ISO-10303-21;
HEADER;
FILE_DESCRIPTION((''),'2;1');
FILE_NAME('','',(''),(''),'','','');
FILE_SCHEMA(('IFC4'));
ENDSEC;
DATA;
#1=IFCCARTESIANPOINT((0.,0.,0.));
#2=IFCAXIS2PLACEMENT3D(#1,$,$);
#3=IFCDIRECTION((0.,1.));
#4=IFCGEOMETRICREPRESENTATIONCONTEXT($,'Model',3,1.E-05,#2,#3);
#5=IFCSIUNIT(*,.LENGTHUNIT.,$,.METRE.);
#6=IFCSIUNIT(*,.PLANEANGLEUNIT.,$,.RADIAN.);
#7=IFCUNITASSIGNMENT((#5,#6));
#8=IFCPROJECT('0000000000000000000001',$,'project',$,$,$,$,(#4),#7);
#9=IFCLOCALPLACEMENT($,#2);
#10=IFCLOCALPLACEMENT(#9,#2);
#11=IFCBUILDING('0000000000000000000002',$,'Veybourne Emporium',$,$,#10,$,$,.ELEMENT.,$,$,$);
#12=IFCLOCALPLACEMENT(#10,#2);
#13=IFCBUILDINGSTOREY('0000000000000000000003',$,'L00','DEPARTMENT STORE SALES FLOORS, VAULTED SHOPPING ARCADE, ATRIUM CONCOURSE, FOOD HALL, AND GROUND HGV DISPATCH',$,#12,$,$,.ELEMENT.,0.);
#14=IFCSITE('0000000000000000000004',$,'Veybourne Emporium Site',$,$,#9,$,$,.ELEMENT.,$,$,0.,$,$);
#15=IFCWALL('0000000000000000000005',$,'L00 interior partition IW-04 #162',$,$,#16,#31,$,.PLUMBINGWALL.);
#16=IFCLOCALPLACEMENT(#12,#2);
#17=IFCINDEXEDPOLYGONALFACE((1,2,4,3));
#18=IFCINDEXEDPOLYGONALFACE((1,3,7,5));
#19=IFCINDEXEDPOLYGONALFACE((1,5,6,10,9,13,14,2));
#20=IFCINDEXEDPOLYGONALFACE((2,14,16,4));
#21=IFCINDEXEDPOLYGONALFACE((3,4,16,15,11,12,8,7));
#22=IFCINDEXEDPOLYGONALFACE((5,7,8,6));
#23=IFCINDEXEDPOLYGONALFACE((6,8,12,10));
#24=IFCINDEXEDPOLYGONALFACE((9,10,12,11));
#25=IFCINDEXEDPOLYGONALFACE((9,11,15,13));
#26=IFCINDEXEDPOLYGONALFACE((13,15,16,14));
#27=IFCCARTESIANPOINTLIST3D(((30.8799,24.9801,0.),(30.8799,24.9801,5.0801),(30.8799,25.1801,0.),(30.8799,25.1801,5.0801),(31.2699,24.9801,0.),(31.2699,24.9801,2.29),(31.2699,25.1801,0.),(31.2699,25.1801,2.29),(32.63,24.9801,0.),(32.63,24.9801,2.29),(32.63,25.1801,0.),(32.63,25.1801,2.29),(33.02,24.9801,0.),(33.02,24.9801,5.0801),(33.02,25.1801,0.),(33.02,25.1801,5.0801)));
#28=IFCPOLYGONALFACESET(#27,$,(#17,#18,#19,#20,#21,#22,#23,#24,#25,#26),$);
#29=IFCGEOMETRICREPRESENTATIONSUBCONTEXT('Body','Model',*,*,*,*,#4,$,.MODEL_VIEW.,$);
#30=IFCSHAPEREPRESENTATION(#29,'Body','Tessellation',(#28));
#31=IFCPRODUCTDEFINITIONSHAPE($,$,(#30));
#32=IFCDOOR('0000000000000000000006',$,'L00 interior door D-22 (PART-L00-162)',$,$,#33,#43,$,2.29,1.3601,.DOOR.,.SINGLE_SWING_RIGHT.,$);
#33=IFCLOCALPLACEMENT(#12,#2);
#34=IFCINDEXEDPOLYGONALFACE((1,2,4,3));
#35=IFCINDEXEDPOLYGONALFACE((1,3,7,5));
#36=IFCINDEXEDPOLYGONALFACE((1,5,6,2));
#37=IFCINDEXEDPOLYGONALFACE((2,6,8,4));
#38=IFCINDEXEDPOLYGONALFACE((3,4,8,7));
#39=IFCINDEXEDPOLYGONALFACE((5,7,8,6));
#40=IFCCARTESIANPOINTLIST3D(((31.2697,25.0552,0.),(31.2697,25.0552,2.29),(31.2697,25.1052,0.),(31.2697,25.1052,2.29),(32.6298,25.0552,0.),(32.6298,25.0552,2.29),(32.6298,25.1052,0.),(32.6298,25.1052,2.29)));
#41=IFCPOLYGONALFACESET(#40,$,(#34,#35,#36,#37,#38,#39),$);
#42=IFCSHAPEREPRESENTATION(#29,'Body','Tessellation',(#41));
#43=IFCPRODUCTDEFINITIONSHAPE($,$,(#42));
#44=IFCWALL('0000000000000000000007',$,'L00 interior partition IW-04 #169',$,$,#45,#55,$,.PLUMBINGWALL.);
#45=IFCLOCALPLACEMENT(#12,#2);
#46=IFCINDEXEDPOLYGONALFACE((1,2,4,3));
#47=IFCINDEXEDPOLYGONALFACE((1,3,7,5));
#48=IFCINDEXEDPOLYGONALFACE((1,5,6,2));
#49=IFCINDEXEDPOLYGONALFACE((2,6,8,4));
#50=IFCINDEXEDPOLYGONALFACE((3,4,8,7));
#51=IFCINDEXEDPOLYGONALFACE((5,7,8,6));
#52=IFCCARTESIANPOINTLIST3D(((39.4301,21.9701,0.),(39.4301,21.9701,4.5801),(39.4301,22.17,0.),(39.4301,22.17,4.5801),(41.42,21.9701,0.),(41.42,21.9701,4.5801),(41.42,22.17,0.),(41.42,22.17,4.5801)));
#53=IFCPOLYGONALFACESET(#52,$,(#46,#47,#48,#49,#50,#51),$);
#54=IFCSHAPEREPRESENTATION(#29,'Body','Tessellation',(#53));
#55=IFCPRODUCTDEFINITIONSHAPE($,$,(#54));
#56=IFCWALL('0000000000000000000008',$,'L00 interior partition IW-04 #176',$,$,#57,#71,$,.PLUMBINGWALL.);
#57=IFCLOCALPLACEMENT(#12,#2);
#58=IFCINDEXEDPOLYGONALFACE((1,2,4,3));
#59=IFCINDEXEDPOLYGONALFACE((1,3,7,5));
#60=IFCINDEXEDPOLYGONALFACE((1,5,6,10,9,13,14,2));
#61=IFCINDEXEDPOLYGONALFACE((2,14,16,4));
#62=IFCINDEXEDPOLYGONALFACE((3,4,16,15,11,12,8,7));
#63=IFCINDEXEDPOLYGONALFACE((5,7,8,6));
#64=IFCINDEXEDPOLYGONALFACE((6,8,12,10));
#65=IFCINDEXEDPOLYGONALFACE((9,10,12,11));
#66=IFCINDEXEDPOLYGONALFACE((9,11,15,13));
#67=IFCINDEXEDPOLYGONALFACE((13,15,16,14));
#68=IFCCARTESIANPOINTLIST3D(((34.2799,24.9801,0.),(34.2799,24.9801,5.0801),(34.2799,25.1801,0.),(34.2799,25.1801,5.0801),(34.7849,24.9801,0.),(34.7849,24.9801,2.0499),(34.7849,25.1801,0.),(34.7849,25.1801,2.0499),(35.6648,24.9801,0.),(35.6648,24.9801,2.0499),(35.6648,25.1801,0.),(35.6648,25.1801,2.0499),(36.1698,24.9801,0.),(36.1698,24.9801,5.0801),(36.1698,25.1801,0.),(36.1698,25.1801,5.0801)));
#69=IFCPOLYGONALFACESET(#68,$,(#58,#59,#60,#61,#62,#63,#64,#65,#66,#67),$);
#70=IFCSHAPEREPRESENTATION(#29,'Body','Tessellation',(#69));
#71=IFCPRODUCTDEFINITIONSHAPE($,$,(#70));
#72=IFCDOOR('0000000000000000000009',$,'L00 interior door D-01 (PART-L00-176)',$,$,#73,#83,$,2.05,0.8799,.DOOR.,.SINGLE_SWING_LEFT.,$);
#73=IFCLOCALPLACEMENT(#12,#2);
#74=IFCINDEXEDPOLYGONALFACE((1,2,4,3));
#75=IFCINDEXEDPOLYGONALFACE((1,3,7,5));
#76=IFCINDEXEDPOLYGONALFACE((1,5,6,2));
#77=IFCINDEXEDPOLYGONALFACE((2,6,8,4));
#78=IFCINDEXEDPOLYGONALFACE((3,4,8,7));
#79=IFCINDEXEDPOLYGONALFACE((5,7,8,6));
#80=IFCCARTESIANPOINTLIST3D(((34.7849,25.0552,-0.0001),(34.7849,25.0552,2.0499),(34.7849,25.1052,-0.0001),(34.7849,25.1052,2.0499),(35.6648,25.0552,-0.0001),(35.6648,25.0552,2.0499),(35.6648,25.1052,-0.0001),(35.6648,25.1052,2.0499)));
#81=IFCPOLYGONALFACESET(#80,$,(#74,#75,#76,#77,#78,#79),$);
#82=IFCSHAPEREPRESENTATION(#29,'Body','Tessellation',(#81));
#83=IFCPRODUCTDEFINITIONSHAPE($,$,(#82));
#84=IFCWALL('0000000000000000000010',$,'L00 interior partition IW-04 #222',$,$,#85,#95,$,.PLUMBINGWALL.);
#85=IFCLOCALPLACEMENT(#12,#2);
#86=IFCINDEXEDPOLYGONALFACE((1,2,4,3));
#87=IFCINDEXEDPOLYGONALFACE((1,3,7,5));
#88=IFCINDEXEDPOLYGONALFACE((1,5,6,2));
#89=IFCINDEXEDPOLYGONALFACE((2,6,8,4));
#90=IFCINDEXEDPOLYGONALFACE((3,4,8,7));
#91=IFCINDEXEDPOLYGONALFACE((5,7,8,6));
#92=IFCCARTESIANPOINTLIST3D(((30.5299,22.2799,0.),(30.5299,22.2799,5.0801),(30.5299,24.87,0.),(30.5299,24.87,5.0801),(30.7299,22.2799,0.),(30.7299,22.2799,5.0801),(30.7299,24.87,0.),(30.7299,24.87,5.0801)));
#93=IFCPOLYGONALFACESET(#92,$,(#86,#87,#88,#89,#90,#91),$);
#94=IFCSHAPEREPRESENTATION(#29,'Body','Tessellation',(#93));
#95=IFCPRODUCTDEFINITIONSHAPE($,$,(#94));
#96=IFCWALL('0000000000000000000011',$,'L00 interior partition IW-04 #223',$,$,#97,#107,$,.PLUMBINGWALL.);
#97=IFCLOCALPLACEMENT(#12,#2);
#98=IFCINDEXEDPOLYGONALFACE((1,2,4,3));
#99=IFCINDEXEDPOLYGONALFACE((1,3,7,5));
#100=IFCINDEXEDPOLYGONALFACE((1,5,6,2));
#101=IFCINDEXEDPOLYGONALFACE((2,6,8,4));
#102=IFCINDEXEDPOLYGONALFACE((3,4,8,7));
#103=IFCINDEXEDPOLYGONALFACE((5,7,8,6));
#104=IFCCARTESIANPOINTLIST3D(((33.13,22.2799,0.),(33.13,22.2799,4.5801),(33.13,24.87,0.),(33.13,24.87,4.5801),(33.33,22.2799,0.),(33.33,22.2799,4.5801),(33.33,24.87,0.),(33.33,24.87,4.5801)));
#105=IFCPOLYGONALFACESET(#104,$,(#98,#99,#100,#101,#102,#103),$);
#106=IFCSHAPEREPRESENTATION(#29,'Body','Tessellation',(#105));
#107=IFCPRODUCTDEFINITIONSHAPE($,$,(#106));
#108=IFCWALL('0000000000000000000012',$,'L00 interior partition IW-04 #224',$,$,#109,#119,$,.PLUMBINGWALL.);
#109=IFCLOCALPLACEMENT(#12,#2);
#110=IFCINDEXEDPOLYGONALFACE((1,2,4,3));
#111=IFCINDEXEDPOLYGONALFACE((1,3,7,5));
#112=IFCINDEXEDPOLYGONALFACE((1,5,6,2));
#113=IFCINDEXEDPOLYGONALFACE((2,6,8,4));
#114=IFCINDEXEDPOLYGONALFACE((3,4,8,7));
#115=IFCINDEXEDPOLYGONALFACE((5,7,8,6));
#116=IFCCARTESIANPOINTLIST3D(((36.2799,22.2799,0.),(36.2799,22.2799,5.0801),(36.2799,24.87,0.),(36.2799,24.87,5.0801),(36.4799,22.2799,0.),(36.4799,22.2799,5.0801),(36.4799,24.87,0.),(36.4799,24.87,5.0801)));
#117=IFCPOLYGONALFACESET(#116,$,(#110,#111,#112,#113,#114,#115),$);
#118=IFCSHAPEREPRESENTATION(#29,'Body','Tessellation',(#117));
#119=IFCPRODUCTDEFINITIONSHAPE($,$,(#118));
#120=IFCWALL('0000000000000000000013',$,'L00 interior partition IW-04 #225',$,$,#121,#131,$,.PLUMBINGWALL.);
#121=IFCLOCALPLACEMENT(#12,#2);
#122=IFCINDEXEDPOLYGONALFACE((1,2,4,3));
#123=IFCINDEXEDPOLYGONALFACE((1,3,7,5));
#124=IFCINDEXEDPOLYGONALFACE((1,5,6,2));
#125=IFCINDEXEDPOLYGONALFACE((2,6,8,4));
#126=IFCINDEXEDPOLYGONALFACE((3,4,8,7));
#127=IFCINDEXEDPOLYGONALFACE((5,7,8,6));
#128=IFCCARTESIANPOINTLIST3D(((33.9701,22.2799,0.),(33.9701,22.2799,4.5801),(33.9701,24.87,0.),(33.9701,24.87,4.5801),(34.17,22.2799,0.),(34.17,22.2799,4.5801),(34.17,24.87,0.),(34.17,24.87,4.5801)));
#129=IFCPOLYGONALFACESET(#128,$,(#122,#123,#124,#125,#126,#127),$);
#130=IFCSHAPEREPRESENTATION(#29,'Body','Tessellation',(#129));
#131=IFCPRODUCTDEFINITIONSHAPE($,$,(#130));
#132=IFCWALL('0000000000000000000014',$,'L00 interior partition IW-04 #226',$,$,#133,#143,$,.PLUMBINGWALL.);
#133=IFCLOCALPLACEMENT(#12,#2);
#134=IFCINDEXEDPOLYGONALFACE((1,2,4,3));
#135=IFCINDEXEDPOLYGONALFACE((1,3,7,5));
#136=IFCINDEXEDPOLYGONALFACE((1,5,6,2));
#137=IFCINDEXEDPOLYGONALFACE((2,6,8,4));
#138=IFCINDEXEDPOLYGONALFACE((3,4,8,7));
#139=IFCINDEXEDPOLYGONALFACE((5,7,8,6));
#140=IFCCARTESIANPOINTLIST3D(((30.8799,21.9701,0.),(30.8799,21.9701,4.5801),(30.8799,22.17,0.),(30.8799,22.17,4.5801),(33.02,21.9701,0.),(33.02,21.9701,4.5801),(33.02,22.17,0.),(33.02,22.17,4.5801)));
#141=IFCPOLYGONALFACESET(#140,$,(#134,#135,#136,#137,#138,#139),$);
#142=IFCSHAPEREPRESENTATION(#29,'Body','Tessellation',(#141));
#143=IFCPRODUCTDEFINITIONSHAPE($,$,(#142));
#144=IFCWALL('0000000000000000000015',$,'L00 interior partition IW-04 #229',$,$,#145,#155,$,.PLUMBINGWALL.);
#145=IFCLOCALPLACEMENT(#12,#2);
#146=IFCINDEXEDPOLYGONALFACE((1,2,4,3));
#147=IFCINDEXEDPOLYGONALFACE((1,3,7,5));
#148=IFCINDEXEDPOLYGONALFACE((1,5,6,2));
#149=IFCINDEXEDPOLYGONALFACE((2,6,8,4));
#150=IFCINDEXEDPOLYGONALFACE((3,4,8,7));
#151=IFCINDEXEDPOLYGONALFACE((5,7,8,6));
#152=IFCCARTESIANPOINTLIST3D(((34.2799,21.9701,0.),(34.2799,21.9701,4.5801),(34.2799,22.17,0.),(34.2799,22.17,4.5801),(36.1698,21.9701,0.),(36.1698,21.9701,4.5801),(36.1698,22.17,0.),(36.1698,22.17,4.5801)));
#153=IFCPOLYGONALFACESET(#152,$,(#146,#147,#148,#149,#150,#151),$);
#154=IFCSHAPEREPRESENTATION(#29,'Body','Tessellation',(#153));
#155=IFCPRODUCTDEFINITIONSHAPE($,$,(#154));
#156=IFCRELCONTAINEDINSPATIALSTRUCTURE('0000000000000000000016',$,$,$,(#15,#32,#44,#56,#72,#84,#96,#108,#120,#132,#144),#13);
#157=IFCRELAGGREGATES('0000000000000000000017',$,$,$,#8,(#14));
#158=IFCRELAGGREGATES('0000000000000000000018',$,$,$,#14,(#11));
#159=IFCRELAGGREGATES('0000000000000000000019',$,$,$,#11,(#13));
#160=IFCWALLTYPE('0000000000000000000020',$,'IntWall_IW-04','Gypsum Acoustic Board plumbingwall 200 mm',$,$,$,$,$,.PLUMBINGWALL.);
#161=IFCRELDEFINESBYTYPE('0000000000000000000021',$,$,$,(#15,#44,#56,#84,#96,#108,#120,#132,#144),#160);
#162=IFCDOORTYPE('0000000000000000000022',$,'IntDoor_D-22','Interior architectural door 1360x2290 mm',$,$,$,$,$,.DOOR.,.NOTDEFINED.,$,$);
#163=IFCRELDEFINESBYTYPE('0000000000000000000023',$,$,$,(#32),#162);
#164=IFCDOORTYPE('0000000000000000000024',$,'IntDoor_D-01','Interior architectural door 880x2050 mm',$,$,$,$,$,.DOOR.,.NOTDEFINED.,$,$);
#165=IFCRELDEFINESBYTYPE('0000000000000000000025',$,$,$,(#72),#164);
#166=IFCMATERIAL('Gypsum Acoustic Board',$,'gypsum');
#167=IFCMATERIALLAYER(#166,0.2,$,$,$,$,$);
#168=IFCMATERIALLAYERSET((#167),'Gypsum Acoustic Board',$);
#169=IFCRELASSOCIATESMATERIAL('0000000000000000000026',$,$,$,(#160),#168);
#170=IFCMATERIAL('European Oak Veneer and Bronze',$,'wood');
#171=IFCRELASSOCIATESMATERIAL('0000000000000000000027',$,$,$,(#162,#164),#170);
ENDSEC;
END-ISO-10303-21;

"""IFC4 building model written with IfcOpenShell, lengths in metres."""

from ifc_helpers import new_model, si_unit, direction, frame, frame_2d, origin, place, context, subcontext, project, spatial, rectangle, extrude, material, layer, layer_set, type_object, element, fill, save


model = new_model("IFC4")

# Units and contexts
model_context = context("Model", 3, precision=1e-05, world=origin(), true_north=direction((0.0, 1.0)))
body_context = subcontext(model_context, "Body", "Model", "MODEL_VIEW")
ifc_project = project(units=[si_unit("LENGTHUNIT", "METRE"), si_unit("PLANEANGLEUNIT", "RADIAN")], contexts=[model_context])

# Site, building, storey
site_placement = place(None, origin())
site = spatial("IfcSite", under=ifc_project, at=site_placement, Name="Veybourne Emporium Site", CompositionType="ELEMENT", RefElevation=0.0)
building_placement = place(site_placement, origin())
building = spatial("IfcBuilding", under=site, at=building_placement, Name="Veybourne Emporium", CompositionType="ELEMENT")
storey_placement = place(building_placement, origin())
storey = spatial("IfcBuildingStorey", under=building, at=storey_placement, Name="L00", Description="DEPARTMENT STORE SALES FLOORS, VAULTED SHOPPING ARCADE, ATRIUM CONCOURSE, FOOD HALL, AND GROUND HGV DISPATCH", CompositionType="ELEMENT", Elevation=0.0)

# Shared definitions
ifc_material_1 = material(Name="Gypsum Acoustic Board", Category="gypsum")
ifc_material_2 = material(Name="European Oak Veneer and Bronze", Category="wood")

# Shared definitions
ifc_layer_1 = layer(ifc_material_1, 0.2)
ifc_layer_set_1 = layer_set([ifc_layer_1], Name="Gypsum Acoustic Board")
wall_type_1 = type_object("IfcWallType", Name="IntWall_IW-04", Description="Gypsum Acoustic Board plumbingwall 200 mm", PredefinedType="PLUMBINGWALL", material=ifc_layer_set_1)

# Wall, opening, door
wall_1_placement = place(storey_placement, frame((30.8799, 25.0801, 0.0), z_axis=(0.0, 0.0, 1.0), x_axis=(1.0, 0.0, 0.0)))
wall_1 = element("IfcWall", 1, at=wall_1_placement, inside=storey, type_object=wall_type_1, Name="L00 interior partition IW-04 #162", PredefinedType="PLUMBINGWALL", context=body_context, shape_type="SweptSolid", body=[
    extrude(rectangle(XDim=2.1401, YDim=0.2, at=frame_2d((1.0701, 0.0))), origin(), (0.0, 0.0, 1.0), 5.0801),
])
opening_1_placement = place(wall_1_placement, frame((0.3899, 0.0, 0.0)))
opening_1 = element("IfcOpeningElement", 2, at=opening_1_placement, cuts=wall_1, PredefinedType="OPENING", context=body_context, shape_type="SweptSolid", body=[
    extrude(rectangle(XDim=1.3601, YDim=2.29, at=frame_2d((0.6802, 1.145))), frame((0.0, 0.1201, 0.0), z_axis=(0.0, -1.0, 0.0), x_axis=(1.0, 0.0, 0.0)), (0.0, 0.0, 1.0), 0.24),
])
door_type_1 = type_object("IfcDoorType", Name="IntDoor_D-22", Description="Interior architectural door 1360x2290 mm", OperationType="NOTDEFINED", PredefinedType="DOOR", material=ifc_material_2)
door_1_placement = place(opening_1_placement, frame((1.3601, 0.0, 0.0), z_axis=(0.0, 0.0, 1.0), x_axis=(-1.0, 0.0, 0.0)))
door_1 = element("IfcDoor", 3, at=door_1_placement, inside=storey, type_object=door_type_1, Name="L00 interior door D-22 (PART-L00-162)", OperationType="SINGLE_SWING_RIGHT", OverallHeight=2.29, OverallWidth=1.3601, PredefinedType="DOOR", context=body_context, shape_type="SweptSolid", body=[
    extrude(rectangle(XDim=1.3601, YDim=2.29, at=frame_2d((0.6802, 1.145))), frame((0.0, 0.0249, 0.0), z_axis=(0.0, -1.0, 0.0), x_axis=(1.0, 0.0, 0.0)), (0.0, 0.0, 1.0), 0.05),
])
fill(opening_1, door_1)

# Wall
wall_2_placement = place(storey_placement, frame((39.4299, 22.0701, 0.0), z_axis=(0.0, 0.0, 1.0), x_axis=(1.0, 0.0, 0.0)))
element("IfcWall", 4, at=wall_2_placement, inside=storey, type_object=wall_type_1, Name="L00 interior partition IW-04 #169", PredefinedType="PLUMBINGWALL", context=body_context, shape_type="SweptSolid", body=[
    extrude(rectangle(XDim=1.99, YDim=0.2, at=frame_2d((0.9951, 0.0))), origin(), (0.0, 0.0, 1.0), 4.5801),
])

# Wall, opening, door
wall_3_placement = place(storey_placement, frame((34.28, 25.0801, 0.0), z_axis=(0.0, 0.0, 1.0), x_axis=(1.0, 0.0, 0.0)))
wall_3 = element("IfcWall", 5, at=wall_3_placement, inside=storey, type_object=wall_type_1, Name="L00 interior partition IW-04 #176", PredefinedType="PLUMBINGWALL", context=body_context, shape_type="SweptSolid", body=[
    extrude(rectangle(XDim=1.8899, YDim=0.2, at=frame_2d((0.9448, 0.0))), origin(), (0.0, 0.0, 1.0), 5.0801),
])
opening_2_placement = place(wall_3_placement, frame((0.5049, 0.0, 0.0)))
opening_2 = element("IfcOpeningElement", 6, at=opening_2_placement, cuts=wall_3, PredefinedType="OPENING", context=body_context, shape_type="SweptSolid", body=[
    extrude(rectangle(XDim=0.8799, YDim=2.05, at=frame_2d((0.4399, 1.0249))), frame((0.0, 0.1201, 0.0), z_axis=(0.0, -1.0, 0.0), x_axis=(1.0, 0.0, 0.0)), (0.0, 0.0, 1.0), 0.24),
])
door_type_2 = type_object("IfcDoorType", Name="IntDoor_D-01", Description="Interior architectural door 880x2050 mm", OperationType="NOTDEFINED", PredefinedType="DOOR", material=ifc_material_2)
door_2_placement = place(opening_2_placement, frame((0.8799, 0.0, 0.0), z_axis=(0.0, 0.0, 1.0), x_axis=(-1.0, 0.0, 0.0)))
door_2 = element("IfcDoor", 7, at=door_2_placement, inside=storey, type_object=door_type_2, Name="L00 interior door D-01 (PART-L00-176)", OperationType="SINGLE_SWING_LEFT", OverallHeight=2.05, OverallWidth=0.8799, PredefinedType="DOOR", context=body_context, shape_type="SweptSolid", body=[
    extrude(rectangle(XDim=0.8799, YDim=2.05, at=frame_2d((0.4399, 1.0249))), frame((0.0, 0.0249, 0.0), z_axis=(0.0, -1.0, 0.0), x_axis=(1.0, 0.0, 0.0)), (0.0, 0.0, 1.0), 0.05),
])
fill(opening_2, door_2)

# Walls
wall_4_placement = place(storey_placement, frame((30.6299, 22.28, 0.0), z_axis=(0.0, 0.0, 1.0), x_axis=(0.0, 1.0, 0.0)))
element("IfcWall", 8, at=wall_4_placement, inside=storey, type_object=wall_type_1, Name="L00 interior partition IW-04 #222", PredefinedType="PLUMBINGWALL", context=body_context, shape_type="SweptSolid", body=[
    extrude(rectangle(XDim=2.5901, YDim=0.2, at=frame_2d((1.2949, 0.0))), origin(), (0.0, 0.0, 1.0), 5.0801),
])
wall_5_placement = place(storey_placement, frame((33.23, 22.28, 0.0), z_axis=(0.0, 0.0, 1.0), x_axis=(0.0, 1.0, 0.0)))
element("IfcWall", 9, at=wall_5_placement, inside=storey, type_object=wall_type_1, Name="L00 interior partition IW-04 #223", PredefinedType="PLUMBINGWALL", context=body_context, shape_type="SweptSolid", body=[
    extrude(rectangle(XDim=2.5901, YDim=0.2, at=frame_2d((1.2949, 0.0))), origin(), (0.0, 0.0, 1.0), 4.5801),
])
wall_6_placement = place(storey_placement, frame((36.3799, 22.28, 0.0), z_axis=(0.0, 0.0, 1.0), x_axis=(0.0, 1.0, 0.0)))
element("IfcWall", 10, at=wall_6_placement, inside=storey, type_object=wall_type_1, Name="L00 interior partition IW-04 #224", PredefinedType="PLUMBINGWALL", context=body_context, shape_type="SweptSolid", body=[
    extrude(rectangle(XDim=2.5901, YDim=0.2, at=frame_2d((1.2949, 0.0))), origin(), (0.0, 0.0, 1.0), 5.0801),
])
wall_7_placement = place(storey_placement, frame((34.0701, 22.28, 0.0), z_axis=(0.0, 0.0, 1.0), x_axis=(0.0, 1.0, 0.0)))
element("IfcWall", 11, at=wall_7_placement, inside=storey, type_object=wall_type_1, Name="L00 interior partition IW-04 #225", PredefinedType="PLUMBINGWALL", context=body_context, shape_type="SweptSolid", body=[
    extrude(rectangle(XDim=2.5901, YDim=0.2, at=frame_2d((1.2949, 0.0))), origin(), (0.0, 0.0, 1.0), 4.5801),
])
wall_8_placement = place(storey_placement, frame((30.8799, 22.0701, 0.0), z_axis=(0.0, 0.0, 1.0), x_axis=(1.0, 0.0, 0.0)))
element("IfcWall", 12, at=wall_8_placement, inside=storey, type_object=wall_type_1, Name="L00 interior partition IW-04 #226", PredefinedType="PLUMBINGWALL", context=body_context, shape_type="SweptSolid", body=[
    extrude(rectangle(XDim=2.1401, YDim=0.2, at=frame_2d((1.0701, 0.0))), origin(), (0.0, 0.0, 1.0), 4.5801),
])
wall_9_placement = place(storey_placement, frame((34.28, 22.0701, 0.0), z_axis=(0.0, 0.0, 1.0), x_axis=(1.0, 0.0, 0.0)))
element("IfcWall", 13, at=wall_9_placement, inside=storey, type_object=wall_type_1, Name="L00 interior partition IW-04 #229", PredefinedType="PLUMBINGWALL", context=body_context, shape_type="SweptSolid", body=[
    extrude(rectangle(XDim=1.8899, YDim=0.2, at=frame_2d((0.9448, 0.0))), origin(), (0.0, 0.0, 1.0), 4.5801),
])

save(model, "model.ifc")
